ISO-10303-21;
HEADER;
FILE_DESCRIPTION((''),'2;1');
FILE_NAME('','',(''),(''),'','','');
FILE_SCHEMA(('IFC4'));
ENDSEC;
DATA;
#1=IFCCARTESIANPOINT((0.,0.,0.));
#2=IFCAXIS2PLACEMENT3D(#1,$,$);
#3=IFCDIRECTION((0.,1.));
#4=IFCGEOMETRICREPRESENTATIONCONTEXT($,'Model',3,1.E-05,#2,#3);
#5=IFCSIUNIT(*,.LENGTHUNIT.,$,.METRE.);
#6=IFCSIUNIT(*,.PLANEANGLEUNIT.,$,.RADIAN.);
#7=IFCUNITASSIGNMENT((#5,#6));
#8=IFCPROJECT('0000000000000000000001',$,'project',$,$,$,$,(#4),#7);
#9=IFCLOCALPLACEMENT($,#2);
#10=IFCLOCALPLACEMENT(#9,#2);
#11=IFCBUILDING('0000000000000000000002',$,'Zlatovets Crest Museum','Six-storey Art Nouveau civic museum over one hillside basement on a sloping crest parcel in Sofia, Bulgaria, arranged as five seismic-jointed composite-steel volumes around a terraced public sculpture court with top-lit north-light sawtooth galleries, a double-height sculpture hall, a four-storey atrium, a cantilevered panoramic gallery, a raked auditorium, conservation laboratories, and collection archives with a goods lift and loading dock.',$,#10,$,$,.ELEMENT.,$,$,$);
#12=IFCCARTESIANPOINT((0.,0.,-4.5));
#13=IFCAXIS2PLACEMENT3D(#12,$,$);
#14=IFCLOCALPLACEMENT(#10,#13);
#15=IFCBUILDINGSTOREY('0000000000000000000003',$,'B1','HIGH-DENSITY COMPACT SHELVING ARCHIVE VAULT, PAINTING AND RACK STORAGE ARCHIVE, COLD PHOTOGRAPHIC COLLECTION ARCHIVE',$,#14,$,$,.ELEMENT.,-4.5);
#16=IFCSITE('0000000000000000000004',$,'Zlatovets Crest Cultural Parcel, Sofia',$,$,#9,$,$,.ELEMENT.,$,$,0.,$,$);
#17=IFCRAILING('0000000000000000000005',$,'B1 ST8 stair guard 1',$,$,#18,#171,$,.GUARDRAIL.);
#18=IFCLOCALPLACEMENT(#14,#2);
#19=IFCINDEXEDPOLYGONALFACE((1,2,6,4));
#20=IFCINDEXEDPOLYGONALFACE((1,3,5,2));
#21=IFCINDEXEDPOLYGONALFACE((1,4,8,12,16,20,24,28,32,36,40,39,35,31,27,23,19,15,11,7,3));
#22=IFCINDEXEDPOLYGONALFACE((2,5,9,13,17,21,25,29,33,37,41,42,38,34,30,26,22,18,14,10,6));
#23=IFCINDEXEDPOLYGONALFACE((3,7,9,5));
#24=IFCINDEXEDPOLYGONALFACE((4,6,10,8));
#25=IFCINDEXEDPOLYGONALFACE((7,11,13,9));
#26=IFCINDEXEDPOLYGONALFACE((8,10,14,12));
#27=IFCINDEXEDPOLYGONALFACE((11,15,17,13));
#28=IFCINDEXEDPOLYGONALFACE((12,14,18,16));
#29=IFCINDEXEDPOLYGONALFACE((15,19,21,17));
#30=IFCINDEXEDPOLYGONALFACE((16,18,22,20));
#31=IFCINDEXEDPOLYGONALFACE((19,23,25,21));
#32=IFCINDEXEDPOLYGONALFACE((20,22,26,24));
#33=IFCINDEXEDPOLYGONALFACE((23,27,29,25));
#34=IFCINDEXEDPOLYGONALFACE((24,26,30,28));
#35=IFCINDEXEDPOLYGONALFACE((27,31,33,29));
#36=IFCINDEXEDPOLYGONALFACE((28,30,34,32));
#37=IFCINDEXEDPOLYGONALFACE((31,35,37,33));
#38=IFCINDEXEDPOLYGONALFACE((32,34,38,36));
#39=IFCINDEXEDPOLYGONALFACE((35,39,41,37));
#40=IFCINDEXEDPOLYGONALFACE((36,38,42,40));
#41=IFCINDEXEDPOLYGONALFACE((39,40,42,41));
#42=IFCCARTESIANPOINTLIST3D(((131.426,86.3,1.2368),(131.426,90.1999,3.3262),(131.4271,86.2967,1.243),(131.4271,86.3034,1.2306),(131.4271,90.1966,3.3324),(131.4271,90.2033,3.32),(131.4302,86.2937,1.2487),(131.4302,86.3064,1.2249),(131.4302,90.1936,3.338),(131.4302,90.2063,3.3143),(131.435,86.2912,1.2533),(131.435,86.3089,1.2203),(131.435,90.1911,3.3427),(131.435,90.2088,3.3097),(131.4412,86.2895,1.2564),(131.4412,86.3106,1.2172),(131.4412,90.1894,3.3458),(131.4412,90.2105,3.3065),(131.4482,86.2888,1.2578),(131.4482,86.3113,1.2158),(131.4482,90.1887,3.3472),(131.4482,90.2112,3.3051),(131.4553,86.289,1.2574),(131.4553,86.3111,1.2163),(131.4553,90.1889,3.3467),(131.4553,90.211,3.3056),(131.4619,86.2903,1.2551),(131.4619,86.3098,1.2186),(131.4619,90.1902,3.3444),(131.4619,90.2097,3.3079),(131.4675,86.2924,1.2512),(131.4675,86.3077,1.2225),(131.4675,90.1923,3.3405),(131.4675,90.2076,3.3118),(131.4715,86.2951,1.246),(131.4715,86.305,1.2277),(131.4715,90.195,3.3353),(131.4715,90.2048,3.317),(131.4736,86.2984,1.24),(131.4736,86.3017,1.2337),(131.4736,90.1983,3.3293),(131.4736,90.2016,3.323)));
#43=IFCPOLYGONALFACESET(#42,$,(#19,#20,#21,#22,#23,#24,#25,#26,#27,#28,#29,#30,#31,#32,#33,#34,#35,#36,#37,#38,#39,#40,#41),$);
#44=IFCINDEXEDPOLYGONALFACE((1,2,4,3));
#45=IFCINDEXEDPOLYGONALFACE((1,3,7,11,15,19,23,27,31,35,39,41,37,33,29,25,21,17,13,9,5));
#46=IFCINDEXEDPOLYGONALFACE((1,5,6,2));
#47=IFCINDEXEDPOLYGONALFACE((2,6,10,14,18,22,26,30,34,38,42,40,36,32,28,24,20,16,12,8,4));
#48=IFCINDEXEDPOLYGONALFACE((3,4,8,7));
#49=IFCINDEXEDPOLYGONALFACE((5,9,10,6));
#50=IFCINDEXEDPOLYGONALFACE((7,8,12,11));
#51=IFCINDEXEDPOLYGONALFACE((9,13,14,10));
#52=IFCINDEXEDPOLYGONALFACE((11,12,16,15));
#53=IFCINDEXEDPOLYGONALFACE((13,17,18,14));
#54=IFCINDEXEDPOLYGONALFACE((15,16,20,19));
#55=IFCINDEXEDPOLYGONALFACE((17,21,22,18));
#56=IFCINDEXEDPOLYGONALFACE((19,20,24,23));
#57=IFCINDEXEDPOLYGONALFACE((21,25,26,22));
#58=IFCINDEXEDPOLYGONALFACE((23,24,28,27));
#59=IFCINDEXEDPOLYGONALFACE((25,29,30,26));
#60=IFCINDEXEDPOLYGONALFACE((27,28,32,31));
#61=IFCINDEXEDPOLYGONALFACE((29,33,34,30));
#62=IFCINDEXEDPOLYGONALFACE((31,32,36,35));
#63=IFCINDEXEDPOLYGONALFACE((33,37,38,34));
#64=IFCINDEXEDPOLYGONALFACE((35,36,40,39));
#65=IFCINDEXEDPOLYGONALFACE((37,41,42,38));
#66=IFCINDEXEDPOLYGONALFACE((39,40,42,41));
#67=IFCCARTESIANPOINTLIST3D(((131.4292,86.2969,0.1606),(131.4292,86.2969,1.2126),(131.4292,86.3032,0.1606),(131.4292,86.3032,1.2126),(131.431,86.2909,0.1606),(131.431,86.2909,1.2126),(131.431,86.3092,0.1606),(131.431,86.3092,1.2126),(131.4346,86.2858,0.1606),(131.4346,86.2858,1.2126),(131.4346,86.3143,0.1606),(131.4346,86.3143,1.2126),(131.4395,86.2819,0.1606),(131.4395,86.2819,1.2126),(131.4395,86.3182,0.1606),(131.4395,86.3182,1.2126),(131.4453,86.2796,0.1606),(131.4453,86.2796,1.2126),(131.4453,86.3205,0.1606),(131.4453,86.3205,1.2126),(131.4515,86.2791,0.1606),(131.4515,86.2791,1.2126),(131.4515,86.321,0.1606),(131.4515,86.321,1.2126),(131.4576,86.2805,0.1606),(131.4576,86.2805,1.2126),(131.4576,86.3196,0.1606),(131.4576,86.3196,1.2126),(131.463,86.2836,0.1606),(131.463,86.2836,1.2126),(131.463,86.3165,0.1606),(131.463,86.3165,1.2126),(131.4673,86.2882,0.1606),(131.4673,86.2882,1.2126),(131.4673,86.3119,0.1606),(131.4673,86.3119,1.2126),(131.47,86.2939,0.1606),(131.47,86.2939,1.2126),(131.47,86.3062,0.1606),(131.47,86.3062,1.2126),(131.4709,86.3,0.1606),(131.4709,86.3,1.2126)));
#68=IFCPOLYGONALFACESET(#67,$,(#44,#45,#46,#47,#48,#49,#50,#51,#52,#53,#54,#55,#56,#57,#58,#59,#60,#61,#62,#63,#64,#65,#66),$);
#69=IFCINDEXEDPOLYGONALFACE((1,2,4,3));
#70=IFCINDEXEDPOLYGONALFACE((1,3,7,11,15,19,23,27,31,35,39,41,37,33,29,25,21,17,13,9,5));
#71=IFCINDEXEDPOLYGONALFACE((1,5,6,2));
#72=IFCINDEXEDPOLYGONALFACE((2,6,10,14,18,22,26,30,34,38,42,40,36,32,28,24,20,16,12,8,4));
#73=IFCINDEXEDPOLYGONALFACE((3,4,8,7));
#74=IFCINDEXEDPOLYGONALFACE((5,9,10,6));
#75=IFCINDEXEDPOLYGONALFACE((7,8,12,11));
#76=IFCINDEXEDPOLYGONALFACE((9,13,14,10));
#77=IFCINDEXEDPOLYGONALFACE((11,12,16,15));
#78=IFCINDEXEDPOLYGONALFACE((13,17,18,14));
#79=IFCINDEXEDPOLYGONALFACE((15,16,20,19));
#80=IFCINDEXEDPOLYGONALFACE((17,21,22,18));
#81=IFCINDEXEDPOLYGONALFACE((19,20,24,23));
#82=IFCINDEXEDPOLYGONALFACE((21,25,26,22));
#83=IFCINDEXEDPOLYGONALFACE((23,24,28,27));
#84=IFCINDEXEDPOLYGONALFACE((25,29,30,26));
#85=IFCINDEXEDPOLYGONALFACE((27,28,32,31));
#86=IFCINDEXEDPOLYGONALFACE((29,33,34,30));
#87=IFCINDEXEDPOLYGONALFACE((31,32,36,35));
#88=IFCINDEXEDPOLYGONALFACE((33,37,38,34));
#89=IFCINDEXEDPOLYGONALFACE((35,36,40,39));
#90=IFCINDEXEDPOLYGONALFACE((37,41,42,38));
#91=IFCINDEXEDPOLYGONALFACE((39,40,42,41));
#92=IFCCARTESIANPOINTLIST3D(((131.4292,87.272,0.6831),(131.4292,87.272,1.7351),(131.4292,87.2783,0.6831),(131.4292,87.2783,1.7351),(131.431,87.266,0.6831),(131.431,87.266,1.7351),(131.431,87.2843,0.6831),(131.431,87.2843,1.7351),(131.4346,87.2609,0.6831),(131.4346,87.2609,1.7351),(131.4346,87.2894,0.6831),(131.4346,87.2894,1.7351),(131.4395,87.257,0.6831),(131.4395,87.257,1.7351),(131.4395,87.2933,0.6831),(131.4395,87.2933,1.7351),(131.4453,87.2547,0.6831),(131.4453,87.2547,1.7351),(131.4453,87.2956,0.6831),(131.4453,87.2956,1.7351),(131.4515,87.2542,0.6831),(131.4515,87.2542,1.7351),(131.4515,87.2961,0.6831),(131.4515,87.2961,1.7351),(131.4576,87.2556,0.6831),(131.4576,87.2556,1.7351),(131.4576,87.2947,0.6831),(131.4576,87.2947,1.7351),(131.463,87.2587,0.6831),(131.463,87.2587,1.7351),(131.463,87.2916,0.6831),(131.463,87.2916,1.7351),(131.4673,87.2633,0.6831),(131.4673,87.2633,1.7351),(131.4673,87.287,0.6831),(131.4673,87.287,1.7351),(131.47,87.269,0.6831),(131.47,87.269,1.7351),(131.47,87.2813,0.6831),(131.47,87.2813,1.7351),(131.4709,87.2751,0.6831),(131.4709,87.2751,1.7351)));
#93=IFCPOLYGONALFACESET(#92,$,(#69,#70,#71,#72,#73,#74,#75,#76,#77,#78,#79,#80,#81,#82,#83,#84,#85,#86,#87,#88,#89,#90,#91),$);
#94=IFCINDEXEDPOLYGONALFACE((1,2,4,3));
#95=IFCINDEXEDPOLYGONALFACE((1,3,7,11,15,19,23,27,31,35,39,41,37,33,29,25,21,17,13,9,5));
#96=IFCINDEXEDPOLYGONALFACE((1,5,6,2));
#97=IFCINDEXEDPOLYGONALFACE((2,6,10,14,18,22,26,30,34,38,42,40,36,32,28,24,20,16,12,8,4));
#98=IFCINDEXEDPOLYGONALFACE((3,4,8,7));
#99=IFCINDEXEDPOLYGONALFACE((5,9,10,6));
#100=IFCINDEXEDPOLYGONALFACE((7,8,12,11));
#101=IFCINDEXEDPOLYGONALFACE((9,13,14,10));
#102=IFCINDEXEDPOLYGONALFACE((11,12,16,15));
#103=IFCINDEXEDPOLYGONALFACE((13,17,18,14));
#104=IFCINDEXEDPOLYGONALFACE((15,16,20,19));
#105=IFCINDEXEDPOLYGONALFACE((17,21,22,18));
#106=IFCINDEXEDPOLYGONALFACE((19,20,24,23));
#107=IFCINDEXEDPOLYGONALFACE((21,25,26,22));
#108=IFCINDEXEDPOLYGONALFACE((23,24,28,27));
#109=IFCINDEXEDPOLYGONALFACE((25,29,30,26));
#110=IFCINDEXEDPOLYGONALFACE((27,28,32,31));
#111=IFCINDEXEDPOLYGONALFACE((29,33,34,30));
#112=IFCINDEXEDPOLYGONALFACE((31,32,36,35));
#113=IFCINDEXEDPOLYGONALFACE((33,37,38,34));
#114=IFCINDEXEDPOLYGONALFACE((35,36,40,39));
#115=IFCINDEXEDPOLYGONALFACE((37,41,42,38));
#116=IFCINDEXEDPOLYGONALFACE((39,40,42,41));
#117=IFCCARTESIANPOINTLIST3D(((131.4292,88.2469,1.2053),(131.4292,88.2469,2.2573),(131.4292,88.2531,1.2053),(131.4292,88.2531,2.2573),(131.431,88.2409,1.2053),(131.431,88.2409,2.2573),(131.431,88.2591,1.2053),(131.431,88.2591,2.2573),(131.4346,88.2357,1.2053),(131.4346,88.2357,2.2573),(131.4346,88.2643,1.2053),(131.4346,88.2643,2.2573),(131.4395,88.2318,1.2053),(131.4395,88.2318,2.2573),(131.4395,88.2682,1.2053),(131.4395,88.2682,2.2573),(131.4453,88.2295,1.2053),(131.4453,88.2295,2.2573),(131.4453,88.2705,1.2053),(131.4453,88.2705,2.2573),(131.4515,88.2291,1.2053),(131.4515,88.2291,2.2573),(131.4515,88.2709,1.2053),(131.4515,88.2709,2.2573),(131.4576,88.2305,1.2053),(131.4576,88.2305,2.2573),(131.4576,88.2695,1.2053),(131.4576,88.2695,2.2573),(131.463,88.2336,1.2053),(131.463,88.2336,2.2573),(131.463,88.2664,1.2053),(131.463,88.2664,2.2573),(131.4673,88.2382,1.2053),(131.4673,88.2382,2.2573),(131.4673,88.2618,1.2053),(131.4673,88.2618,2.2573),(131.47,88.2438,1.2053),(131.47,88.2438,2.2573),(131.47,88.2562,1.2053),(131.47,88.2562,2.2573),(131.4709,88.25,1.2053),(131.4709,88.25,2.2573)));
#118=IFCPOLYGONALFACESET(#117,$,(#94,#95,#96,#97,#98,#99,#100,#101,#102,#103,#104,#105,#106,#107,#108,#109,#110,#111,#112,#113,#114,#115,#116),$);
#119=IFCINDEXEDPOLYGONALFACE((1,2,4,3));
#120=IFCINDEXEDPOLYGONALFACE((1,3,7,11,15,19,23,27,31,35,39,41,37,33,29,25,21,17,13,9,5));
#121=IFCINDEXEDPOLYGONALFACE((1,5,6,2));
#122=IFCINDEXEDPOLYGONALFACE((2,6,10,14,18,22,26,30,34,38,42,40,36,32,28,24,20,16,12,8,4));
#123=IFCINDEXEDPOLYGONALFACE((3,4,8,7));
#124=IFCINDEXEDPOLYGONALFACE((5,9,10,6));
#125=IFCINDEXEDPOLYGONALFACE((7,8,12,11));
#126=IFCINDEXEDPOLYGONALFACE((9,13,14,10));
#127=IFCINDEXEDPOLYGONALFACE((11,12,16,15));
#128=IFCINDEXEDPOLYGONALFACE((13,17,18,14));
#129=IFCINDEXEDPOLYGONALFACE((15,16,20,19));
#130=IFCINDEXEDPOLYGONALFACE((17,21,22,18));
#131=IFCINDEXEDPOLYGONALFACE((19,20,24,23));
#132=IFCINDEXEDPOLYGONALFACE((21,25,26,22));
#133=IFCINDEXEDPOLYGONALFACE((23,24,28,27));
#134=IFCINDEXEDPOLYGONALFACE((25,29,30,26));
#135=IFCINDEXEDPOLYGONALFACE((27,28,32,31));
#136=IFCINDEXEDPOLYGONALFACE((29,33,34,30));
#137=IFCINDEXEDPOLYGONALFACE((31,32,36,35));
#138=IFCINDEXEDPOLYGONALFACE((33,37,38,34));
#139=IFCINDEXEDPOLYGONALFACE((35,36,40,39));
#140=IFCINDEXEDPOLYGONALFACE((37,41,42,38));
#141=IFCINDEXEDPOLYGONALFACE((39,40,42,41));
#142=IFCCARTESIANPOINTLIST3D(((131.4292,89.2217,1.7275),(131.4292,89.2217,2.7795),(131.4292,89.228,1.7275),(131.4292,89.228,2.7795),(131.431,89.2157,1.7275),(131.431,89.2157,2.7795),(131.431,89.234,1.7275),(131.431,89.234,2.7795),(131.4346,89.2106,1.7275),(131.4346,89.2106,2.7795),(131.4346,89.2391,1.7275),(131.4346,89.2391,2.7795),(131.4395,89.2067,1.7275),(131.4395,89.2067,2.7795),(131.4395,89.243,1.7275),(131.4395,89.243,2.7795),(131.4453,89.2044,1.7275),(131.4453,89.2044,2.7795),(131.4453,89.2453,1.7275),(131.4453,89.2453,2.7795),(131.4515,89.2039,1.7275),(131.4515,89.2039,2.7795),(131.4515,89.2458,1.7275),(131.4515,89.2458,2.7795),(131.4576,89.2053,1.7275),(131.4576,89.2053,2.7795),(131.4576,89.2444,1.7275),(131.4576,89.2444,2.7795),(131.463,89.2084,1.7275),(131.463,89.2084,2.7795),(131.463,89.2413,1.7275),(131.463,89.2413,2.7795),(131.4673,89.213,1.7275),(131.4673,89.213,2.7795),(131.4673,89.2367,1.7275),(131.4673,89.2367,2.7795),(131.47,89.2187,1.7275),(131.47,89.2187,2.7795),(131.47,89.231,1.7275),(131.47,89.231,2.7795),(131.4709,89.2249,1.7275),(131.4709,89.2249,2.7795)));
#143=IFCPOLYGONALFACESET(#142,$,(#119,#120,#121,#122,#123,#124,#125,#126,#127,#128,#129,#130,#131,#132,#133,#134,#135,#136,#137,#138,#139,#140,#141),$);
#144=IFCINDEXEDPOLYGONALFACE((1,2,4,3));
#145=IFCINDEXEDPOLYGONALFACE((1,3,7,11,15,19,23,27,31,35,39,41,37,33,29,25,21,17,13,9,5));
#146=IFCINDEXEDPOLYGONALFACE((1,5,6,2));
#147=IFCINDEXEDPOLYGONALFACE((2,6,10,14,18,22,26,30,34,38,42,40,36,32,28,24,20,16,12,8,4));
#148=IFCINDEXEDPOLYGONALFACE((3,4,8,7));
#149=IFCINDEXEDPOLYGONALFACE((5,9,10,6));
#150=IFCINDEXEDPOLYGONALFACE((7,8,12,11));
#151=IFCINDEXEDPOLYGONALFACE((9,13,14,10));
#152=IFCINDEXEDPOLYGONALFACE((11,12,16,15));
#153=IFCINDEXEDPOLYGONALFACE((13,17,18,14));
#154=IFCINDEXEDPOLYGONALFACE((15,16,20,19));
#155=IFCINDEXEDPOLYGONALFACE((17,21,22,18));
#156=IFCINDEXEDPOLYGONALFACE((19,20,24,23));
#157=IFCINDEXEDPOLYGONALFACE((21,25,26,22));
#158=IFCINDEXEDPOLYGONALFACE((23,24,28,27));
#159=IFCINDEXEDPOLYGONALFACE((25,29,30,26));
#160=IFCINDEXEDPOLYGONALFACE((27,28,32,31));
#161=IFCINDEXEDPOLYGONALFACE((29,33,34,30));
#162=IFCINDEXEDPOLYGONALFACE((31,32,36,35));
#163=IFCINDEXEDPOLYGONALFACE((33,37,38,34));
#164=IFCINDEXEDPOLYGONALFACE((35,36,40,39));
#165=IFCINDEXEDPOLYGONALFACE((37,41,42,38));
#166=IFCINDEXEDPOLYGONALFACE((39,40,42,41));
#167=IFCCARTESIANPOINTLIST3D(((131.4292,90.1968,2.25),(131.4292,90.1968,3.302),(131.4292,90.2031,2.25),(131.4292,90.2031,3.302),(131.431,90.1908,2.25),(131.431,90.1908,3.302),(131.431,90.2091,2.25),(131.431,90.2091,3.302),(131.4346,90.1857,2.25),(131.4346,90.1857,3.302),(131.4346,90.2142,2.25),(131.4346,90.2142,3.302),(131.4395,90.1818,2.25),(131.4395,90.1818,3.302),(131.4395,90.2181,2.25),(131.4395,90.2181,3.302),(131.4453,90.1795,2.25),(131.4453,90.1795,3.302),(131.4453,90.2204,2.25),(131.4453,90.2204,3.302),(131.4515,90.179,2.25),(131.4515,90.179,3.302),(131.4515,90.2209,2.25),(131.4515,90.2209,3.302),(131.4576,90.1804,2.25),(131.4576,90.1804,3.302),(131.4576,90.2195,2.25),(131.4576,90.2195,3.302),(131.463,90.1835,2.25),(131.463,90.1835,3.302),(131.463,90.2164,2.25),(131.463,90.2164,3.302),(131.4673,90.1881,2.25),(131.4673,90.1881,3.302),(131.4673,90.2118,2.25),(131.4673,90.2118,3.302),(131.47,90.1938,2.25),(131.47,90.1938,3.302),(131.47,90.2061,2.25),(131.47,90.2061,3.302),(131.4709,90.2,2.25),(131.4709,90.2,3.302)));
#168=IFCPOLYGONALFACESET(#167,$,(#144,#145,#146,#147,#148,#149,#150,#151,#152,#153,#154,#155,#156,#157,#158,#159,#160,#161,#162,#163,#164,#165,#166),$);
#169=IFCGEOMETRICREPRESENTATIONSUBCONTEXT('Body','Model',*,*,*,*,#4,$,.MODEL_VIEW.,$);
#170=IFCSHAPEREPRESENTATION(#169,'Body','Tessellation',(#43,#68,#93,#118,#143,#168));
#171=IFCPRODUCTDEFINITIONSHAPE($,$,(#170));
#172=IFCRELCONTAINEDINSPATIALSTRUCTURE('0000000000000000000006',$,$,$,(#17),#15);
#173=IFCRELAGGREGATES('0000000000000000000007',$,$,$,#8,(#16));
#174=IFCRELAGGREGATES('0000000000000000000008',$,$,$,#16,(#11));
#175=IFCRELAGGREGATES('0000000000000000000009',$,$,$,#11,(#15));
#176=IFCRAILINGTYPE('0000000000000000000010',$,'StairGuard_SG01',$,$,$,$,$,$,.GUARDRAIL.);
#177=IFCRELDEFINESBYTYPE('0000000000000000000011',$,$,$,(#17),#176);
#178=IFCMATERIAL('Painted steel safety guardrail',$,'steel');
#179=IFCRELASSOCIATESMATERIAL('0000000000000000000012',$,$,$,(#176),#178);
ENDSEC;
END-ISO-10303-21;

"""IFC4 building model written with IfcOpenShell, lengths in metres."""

from ifc_helpers import new_model, si_unit, direction, frame, origin, origin_2d, place, context, subcontext, project, spatial, circle, extrude, material, type_object, element, save


model = new_model("IFC4")

# Units and contexts
model_context = context("Model", 3, precision=1e-05, world=origin(), true_north=direction((0.0, 1.0)))
body_context = subcontext(model_context, "Body", "Model", "MODEL_VIEW")
ifc_project = project(units=[si_unit("LENGTHUNIT", "METRE"), si_unit("PLANEANGLEUNIT", "RADIAN")], contexts=[model_context])

# Site, building, storey
site_placement = place(None, origin())
site = spatial("IfcSite", under=ifc_project, at=site_placement, Name="Zlatovets Crest Cultural Parcel, Sofia", CompositionType="ELEMENT", RefElevation=0.0)
building_placement = place(site_placement, origin())
building = spatial("IfcBuilding", under=site, at=building_placement, Name="Zlatovets Crest Museum", Description="Six-storey Art Nouveau civic museum over one hillside basement on a sloping crest parcel in Sofia, Bulgaria, arranged as five seismic-jointed composite-steel volumes around a terraced public sculpture court with top-lit north-light sawtooth galleries, a double-height sculpture hall, a four-storey atrium, a cantilevered panoramic gallery, a raked auditorium, conservation laboratories, and collection archives with a goods lift and loading dock.", CompositionType="ELEMENT")
storey_placement = place(building_placement, frame((0.0, 0.0, -4.5)))
storey = spatial("IfcBuildingStorey", under=building, at=storey_placement, Name="B1", Description="HIGH-DENSITY COMPACT SHELVING ARCHIVE VAULT, PAINTING AND RACK STORAGE ARCHIVE, COLD PHOTOGRAPHIC COLLECTION ARCHIVE", CompositionType="ELEMENT", Elevation=-4.5)

# Railing
ifc_material_1 = material(Name="Painted steel safety guardrail", Category="steel")
railing_type_1 = type_object("IfcRailingType", Name="StairGuard_SG01", PredefinedType="GUARDRAIL", material=ifc_material_1)
railing_1_placement = place(storey_placement, frame((131.45, 86.3, 0.1606)))
element("IfcRailing", 1, at=railing_1_placement, inside=storey, type_object=railing_type_1, Name="B1 ST8 stair guard 1", PredefinedType="GUARDRAIL", context=body_context, shape_type="SweptSolid", body=[
    extrude(circle(Radius=0.0239, at=origin_2d()), frame((0.0, 0.0, 1.0762), z_axis=(0.0, 0.881468, 0.472243), x_axis=(-1.0, 0.0, 0.0)), (0.0, 0.0, 1.0), 4.4243),
    extrude(circle(Radius=0.021, at=origin_2d()), origin(), (0.0, 0.0, 1.0), 1.052),
    extrude(circle(Radius=0.021, at=origin_2d()), frame((0.0, 0.9751, 0.5225)), (0.0, 0.0, 1.0), 1.052),
    extrude(circle(Radius=0.021, at=origin_2d()), frame((0.0, 1.95, 1.0447)), (0.0, 0.0, 1.0), 1.052),
    extrude(circle(Radius=0.021, at=origin_2d()), frame((0.0, 2.9248, 1.5669)), (0.0, 0.0, 1.0), 1.052),
    extrude(circle(Radius=0.021, at=origin_2d()), frame((0.0, 3.8999, 2.0894)), (0.0, 0.0, 1.0), 1.052),
])

save(model, "model.ifc")
